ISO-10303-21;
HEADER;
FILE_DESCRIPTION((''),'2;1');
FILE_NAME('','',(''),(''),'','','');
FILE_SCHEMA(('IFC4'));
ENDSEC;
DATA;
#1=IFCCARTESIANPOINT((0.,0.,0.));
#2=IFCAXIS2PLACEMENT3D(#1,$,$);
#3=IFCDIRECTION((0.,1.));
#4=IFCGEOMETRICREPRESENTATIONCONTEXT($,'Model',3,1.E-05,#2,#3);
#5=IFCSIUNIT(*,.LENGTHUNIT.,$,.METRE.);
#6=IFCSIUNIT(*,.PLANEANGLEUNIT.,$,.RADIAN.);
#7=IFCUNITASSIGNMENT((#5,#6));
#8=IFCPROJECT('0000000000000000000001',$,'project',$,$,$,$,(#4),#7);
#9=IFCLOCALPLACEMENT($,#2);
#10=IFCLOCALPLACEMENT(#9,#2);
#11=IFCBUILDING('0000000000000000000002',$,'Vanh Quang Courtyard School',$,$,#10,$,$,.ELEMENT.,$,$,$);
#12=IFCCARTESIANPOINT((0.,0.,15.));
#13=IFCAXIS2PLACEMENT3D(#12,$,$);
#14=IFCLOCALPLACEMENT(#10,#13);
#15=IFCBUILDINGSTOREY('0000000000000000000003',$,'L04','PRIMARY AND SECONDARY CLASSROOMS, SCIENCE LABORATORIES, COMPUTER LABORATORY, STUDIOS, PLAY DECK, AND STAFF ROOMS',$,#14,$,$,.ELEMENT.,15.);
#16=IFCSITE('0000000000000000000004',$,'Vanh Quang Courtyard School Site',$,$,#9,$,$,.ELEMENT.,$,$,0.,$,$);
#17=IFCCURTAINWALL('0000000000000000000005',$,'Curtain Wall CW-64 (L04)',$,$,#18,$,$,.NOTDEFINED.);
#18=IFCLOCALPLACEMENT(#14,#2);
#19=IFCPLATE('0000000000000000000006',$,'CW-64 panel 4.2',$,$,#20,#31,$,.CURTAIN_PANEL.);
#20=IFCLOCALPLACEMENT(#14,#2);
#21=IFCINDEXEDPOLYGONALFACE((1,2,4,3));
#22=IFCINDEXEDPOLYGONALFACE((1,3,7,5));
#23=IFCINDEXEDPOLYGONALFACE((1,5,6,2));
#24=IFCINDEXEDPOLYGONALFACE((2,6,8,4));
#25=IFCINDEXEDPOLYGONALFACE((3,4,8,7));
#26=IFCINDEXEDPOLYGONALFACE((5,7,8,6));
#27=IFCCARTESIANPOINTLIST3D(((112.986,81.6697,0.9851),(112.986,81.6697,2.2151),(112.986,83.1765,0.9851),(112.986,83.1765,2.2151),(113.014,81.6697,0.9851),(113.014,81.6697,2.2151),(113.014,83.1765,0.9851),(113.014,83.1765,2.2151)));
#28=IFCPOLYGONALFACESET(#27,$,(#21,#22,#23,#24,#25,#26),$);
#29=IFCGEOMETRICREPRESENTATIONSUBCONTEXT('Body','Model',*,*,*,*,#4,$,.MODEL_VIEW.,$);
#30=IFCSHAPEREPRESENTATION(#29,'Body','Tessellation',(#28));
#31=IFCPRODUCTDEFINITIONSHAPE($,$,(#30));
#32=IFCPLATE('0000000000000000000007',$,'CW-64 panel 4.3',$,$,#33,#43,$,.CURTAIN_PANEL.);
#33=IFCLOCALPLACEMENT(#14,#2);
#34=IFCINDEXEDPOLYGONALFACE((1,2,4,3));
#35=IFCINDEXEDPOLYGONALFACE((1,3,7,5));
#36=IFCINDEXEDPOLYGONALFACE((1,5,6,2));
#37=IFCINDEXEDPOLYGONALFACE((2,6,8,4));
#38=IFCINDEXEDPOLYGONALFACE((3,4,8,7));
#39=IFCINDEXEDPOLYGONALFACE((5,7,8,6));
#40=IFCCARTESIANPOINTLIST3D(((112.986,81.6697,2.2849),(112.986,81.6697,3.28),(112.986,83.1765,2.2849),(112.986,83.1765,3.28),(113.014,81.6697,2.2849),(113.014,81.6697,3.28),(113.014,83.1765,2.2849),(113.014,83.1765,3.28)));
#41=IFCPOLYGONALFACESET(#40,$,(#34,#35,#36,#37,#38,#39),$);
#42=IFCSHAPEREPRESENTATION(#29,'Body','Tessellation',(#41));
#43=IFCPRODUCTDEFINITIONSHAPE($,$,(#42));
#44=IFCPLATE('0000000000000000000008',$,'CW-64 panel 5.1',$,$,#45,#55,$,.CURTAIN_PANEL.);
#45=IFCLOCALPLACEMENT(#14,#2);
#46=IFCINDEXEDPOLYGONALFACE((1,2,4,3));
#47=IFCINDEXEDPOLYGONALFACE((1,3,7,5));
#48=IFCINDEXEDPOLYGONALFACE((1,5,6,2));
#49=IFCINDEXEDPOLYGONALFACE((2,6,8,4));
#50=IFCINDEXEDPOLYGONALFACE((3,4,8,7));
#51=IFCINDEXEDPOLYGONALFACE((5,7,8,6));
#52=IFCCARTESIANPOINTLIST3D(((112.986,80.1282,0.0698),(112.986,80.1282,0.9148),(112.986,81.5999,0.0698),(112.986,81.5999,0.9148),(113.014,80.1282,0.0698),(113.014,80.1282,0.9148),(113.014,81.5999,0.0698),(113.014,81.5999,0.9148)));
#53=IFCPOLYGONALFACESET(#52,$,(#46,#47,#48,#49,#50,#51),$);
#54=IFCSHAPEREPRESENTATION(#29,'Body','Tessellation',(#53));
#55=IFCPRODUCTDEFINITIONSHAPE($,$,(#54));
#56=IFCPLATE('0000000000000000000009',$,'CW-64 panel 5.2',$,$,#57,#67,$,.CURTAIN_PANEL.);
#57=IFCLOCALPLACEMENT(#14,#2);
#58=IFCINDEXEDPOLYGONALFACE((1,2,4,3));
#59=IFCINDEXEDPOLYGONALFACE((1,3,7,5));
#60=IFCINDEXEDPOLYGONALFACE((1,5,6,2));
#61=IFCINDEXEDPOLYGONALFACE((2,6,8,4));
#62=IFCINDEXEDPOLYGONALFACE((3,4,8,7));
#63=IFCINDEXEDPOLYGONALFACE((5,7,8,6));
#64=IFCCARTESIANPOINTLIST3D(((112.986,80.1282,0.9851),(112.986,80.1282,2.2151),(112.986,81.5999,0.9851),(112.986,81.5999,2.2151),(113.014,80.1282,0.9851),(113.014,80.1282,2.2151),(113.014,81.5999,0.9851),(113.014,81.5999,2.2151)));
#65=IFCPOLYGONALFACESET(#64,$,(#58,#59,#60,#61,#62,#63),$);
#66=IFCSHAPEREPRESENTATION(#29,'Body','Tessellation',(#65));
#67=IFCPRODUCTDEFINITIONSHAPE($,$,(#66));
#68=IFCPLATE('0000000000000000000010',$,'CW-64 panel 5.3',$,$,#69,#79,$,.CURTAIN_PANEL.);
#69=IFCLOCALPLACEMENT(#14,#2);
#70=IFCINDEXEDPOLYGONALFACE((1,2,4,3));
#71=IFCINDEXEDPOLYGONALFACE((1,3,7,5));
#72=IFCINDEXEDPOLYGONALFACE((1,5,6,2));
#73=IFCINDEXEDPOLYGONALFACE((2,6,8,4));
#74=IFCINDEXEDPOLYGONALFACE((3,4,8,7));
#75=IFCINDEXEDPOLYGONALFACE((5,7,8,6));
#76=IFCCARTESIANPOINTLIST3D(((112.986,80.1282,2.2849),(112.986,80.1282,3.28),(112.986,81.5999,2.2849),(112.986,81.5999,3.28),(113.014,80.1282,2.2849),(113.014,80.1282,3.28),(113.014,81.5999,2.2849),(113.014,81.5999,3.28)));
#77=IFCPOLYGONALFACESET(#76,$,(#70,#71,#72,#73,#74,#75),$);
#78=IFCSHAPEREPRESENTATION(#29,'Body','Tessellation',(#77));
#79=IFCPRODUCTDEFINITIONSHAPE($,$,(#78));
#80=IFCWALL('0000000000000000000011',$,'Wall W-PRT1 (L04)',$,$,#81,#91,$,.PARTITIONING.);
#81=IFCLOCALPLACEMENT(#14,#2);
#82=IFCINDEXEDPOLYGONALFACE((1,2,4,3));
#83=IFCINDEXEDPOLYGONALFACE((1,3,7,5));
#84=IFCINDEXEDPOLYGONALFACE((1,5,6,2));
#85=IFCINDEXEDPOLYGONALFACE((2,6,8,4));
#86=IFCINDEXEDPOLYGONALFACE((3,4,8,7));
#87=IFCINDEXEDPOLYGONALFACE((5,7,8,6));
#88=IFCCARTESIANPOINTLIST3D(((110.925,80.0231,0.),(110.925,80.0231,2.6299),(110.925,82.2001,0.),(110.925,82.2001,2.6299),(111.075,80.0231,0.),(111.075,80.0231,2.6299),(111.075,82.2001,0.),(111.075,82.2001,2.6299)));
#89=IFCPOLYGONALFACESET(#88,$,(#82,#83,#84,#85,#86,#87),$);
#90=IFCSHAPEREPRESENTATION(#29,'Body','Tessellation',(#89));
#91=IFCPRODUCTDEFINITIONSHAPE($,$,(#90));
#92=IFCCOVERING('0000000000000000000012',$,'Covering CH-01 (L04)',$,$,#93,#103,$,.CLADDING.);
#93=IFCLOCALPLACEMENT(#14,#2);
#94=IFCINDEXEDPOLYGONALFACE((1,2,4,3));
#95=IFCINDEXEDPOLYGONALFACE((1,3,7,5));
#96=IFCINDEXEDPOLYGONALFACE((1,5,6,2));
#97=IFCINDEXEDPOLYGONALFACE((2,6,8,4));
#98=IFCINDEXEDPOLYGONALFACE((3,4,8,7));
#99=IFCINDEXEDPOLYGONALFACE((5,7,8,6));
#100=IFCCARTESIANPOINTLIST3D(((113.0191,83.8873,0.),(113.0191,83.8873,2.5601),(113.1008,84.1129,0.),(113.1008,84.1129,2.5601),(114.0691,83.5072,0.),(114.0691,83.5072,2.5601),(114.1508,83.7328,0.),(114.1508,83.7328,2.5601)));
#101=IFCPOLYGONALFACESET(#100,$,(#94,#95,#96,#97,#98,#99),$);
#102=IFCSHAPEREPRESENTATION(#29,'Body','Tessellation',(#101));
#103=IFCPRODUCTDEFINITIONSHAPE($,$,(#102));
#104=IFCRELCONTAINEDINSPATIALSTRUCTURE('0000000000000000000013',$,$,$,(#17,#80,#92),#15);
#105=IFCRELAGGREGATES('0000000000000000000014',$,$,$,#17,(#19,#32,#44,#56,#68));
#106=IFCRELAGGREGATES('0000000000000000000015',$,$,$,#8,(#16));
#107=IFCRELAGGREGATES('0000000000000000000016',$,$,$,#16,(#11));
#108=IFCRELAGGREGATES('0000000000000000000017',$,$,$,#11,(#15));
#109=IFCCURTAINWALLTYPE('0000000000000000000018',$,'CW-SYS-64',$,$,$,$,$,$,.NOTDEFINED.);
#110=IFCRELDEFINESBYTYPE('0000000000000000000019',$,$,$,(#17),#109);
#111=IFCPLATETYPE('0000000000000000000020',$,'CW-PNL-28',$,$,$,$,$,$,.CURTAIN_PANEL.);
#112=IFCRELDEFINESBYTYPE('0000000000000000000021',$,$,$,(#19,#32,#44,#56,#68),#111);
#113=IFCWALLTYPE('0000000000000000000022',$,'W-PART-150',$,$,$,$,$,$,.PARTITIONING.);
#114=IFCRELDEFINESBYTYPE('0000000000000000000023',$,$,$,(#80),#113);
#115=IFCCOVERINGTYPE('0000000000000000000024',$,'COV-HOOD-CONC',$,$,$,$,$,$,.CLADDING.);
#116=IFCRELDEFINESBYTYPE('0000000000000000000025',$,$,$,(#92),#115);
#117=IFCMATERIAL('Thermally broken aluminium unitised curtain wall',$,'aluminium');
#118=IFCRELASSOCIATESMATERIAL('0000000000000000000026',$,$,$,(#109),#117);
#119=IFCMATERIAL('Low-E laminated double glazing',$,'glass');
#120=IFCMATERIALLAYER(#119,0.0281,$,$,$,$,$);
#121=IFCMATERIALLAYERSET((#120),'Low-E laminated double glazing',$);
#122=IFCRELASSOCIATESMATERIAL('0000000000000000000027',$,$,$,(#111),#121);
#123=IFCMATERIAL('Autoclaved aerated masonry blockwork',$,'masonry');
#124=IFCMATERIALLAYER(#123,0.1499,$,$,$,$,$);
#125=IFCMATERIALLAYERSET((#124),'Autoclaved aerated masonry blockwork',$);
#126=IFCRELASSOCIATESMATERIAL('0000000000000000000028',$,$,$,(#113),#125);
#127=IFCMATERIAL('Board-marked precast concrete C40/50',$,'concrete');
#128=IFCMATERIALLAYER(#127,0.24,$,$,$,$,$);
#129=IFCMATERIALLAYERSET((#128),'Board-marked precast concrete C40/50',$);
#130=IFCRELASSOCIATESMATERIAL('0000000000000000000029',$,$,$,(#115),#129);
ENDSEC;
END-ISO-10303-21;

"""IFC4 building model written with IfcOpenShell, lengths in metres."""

from ifc_helpers import new_model, si_unit, direction, frame, frame_2d, origin, origin_2d, place, context, subcontext, project, spatial, rectangle, extrude, material, layer, layer_set, type_object, element, aggregate, save


model = new_model("IFC4")

# Units and contexts
model_context = context("Model", 3, precision=1e-05, world=origin(), true_north=direction((0.0, 1.0)))
body_context = subcontext(model_context, "Body", "Model", "MODEL_VIEW")
ifc_project = project(units=[si_unit("LENGTHUNIT", "METRE"), si_unit("PLANEANGLEUNIT", "RADIAN")], contexts=[model_context])

# Site, building, storey
site_placement = place(None, origin())
site = spatial("IfcSite", under=ifc_project, at=site_placement, Name="Vanh Quang Courtyard School Site", CompositionType="ELEMENT", RefElevation=0.0)
building_placement = place(site_placement, origin())
building = spatial("IfcBuilding", under=site, at=building_placement, Name="Vanh Quang Courtyard School", CompositionType="ELEMENT")
storey_placement = place(building_placement, frame((0.0, 0.0, 15.0)))
storey = spatial("IfcBuildingStorey", under=building, at=storey_placement, Name="L04", Description="PRIMARY AND SECONDARY CLASSROOMS, SCIENCE LABORATORIES, COMPUTER LABORATORY, STUDIOS, PLAY DECK, AND STAFF ROOMS", CompositionType="ELEMENT", Elevation=15.0)

# Curtain wall, plates
ifc_material_1 = material(Name="Thermally broken aluminium unitised curtain wall", Category="aluminium")
curtain_wall_type = type_object("IfcCurtainWallType", Name="CW-SYS-64", PredefinedType="NOTDEFINED", material=ifc_material_1)
curtain_wall_placement = place(storey_placement, origin())
curtain_wall = element("IfcCurtainWall", 1, at=curtain_wall_placement, inside=storey, type_object=curtain_wall_type, Name="Curtain Wall CW-64 (L04)", PredefinedType="NOTDEFINED")
ifc_material_2 = material(Name="Low-E laminated double glazing", Category="glass")
ifc_layer_1 = layer(ifc_material_2, 0.0281)
ifc_layer_set_1 = layer_set([ifc_layer_1], Name="Low-E laminated double glazing")
plate_type = type_object("IfcPlateType", Name="CW-PNL-28", PredefinedType="CURTAIN_PANEL", material=ifc_layer_set_1)
plate_1_placement = place(storey_placement, frame((113.0, 82.4231, 0.9851), z_axis=(0.0, 0.0, 1.0), x_axis=(0.0, -1.0, 0.0)))
plate_1 = element("IfcPlate", 2, at=plate_1_placement, type_object=plate_type, Name="CW-64 panel 4.2", PredefinedType="CURTAIN_PANEL", context=body_context, shape_type="SweptSolid", body=[
    extrude(rectangle(XDim=1.5068, YDim=0.0281, at=origin_2d()), origin(), (0.0, 0.0, 1.0), 1.23),
])
plate_2_placement = place(storey_placement, frame((113.0, 82.4231, 2.2849), z_axis=(0.0, 0.0, 1.0), x_axis=(0.0, -1.0, 0.0)))
plate_2 = element("IfcPlate", 3, at=plate_2_placement, type_object=plate_type, Name="CW-64 panel 4.3", PredefinedType="CURTAIN_PANEL", context=body_context, shape_type="SweptSolid", body=[
    extrude(rectangle(XDim=1.5068, YDim=0.0281, at=origin_2d()), origin(), (0.0, 0.0, 1.0), 0.9951),
])
plate_3_placement = place(storey_placement, frame((113.0, 80.864, 0.0698), z_axis=(0.0, 0.0, 1.0), x_axis=(0.0, -1.0, 0.0)))
plate_3 = element("IfcPlate", 4, at=plate_3_placement, type_object=plate_type, Name="CW-64 panel 5.1", PredefinedType="CURTAIN_PANEL", context=body_context, shape_type="SweptSolid", body=[
    extrude(rectangle(XDim=1.4717, YDim=0.0281, at=origin_2d()), origin(), (0.0, 0.0, 1.0), 0.845),
])
plate_4_placement = place(storey_placement, frame((113.0, 80.864, 0.9851), z_axis=(0.0, 0.0, 1.0), x_axis=(0.0, -1.0, 0.0)))
plate_4 = element("IfcPlate", 5, at=plate_4_placement, type_object=plate_type, Name="CW-64 panel 5.2", PredefinedType="CURTAIN_PANEL", context=body_context, shape_type="SweptSolid", body=[
    extrude(rectangle(XDim=1.4717, YDim=0.0281, at=origin_2d()), origin(), (0.0, 0.0, 1.0), 1.23),
])
plate_5_placement = place(storey_placement, frame((113.0, 80.864, 2.2849), z_axis=(0.0, 0.0, 1.0), x_axis=(0.0, -1.0, 0.0)))
plate_5 = element("IfcPlate", 6, at=plate_5_placement, type_object=plate_type, Name="CW-64 panel 5.3", PredefinedType="CURTAIN_PANEL", context=body_context, shape_type="SweptSolid", body=[
    extrude(rectangle(XDim=1.4717, YDim=0.0281, at=origin_2d()), origin(), (0.0, 0.0, 1.0), 0.9951),
])
aggregate(curtain_wall, [plate_1, plate_2, plate_3, plate_4, plate_5])

# Wall
ifc_material_3 = material(Name="Autoclaved aerated masonry blockwork", Category="masonry")
ifc_layer_2 = layer(ifc_material_3, 0.1499)
ifc_layer_set_2 = layer_set([ifc_layer_2], Name="Autoclaved aerated masonry blockwork")
wall_type = type_object("IfcWallType", Name="W-PART-150", PredefinedType="PARTITIONING", material=ifc_layer_set_2)
wall_placement = place(storey_placement, frame((111.0, 82.2, 0.0), z_axis=(0.0, 0.0, 1.0), x_axis=(0.0, -1.0, 0.0)))
element("IfcWall", 7, at=wall_placement, inside=storey, type_object=wall_type, Name="Wall W-PRT1 (L04)", PredefinedType="PARTITIONING", context=body_context, shape_type="SweptSolid", body=[
    extrude(rectangle(XDim=2.177, YDim=0.1499, at=frame_2d((1.0884, 0.0))), origin(), (0.0, 0.0, 1.0), 2.6299),
])

# Covering
ifc_material_4 = material(Name="Board-marked precast concrete C40/50", Category="concrete")
ifc_layer_3 = layer(ifc_material_4, 0.24)
ifc_layer_set_3 = layer_set([ifc_layer_3], Name="Board-marked precast concrete C40/50")
covering_type = type_object("IfcCoveringType", Name="COV-HOOD-CONC", PredefinedType="CLADDING", material=ifc_layer_set_3)
covering_placement = place(storey_placement, frame((113.585, 83.8101, 0.0), z_axis=(0.0, 0.0, 1.0), x_axis=(0.940288, -0.34038, 0.0)))
element("IfcCovering", 8, at=covering_placement, inside=storey, type_object=covering_type, Name="Covering CH-01 (L04)", PredefinedType="CLADDING", context=body_context, shape_type="SweptSolid", body=[
    extrude(rectangle(XDim=1.1167, YDim=0.24, at=origin_2d()), origin(), (0.0, 0.0, 1.0), 2.5601),
])

save(model, "model.ifc")
